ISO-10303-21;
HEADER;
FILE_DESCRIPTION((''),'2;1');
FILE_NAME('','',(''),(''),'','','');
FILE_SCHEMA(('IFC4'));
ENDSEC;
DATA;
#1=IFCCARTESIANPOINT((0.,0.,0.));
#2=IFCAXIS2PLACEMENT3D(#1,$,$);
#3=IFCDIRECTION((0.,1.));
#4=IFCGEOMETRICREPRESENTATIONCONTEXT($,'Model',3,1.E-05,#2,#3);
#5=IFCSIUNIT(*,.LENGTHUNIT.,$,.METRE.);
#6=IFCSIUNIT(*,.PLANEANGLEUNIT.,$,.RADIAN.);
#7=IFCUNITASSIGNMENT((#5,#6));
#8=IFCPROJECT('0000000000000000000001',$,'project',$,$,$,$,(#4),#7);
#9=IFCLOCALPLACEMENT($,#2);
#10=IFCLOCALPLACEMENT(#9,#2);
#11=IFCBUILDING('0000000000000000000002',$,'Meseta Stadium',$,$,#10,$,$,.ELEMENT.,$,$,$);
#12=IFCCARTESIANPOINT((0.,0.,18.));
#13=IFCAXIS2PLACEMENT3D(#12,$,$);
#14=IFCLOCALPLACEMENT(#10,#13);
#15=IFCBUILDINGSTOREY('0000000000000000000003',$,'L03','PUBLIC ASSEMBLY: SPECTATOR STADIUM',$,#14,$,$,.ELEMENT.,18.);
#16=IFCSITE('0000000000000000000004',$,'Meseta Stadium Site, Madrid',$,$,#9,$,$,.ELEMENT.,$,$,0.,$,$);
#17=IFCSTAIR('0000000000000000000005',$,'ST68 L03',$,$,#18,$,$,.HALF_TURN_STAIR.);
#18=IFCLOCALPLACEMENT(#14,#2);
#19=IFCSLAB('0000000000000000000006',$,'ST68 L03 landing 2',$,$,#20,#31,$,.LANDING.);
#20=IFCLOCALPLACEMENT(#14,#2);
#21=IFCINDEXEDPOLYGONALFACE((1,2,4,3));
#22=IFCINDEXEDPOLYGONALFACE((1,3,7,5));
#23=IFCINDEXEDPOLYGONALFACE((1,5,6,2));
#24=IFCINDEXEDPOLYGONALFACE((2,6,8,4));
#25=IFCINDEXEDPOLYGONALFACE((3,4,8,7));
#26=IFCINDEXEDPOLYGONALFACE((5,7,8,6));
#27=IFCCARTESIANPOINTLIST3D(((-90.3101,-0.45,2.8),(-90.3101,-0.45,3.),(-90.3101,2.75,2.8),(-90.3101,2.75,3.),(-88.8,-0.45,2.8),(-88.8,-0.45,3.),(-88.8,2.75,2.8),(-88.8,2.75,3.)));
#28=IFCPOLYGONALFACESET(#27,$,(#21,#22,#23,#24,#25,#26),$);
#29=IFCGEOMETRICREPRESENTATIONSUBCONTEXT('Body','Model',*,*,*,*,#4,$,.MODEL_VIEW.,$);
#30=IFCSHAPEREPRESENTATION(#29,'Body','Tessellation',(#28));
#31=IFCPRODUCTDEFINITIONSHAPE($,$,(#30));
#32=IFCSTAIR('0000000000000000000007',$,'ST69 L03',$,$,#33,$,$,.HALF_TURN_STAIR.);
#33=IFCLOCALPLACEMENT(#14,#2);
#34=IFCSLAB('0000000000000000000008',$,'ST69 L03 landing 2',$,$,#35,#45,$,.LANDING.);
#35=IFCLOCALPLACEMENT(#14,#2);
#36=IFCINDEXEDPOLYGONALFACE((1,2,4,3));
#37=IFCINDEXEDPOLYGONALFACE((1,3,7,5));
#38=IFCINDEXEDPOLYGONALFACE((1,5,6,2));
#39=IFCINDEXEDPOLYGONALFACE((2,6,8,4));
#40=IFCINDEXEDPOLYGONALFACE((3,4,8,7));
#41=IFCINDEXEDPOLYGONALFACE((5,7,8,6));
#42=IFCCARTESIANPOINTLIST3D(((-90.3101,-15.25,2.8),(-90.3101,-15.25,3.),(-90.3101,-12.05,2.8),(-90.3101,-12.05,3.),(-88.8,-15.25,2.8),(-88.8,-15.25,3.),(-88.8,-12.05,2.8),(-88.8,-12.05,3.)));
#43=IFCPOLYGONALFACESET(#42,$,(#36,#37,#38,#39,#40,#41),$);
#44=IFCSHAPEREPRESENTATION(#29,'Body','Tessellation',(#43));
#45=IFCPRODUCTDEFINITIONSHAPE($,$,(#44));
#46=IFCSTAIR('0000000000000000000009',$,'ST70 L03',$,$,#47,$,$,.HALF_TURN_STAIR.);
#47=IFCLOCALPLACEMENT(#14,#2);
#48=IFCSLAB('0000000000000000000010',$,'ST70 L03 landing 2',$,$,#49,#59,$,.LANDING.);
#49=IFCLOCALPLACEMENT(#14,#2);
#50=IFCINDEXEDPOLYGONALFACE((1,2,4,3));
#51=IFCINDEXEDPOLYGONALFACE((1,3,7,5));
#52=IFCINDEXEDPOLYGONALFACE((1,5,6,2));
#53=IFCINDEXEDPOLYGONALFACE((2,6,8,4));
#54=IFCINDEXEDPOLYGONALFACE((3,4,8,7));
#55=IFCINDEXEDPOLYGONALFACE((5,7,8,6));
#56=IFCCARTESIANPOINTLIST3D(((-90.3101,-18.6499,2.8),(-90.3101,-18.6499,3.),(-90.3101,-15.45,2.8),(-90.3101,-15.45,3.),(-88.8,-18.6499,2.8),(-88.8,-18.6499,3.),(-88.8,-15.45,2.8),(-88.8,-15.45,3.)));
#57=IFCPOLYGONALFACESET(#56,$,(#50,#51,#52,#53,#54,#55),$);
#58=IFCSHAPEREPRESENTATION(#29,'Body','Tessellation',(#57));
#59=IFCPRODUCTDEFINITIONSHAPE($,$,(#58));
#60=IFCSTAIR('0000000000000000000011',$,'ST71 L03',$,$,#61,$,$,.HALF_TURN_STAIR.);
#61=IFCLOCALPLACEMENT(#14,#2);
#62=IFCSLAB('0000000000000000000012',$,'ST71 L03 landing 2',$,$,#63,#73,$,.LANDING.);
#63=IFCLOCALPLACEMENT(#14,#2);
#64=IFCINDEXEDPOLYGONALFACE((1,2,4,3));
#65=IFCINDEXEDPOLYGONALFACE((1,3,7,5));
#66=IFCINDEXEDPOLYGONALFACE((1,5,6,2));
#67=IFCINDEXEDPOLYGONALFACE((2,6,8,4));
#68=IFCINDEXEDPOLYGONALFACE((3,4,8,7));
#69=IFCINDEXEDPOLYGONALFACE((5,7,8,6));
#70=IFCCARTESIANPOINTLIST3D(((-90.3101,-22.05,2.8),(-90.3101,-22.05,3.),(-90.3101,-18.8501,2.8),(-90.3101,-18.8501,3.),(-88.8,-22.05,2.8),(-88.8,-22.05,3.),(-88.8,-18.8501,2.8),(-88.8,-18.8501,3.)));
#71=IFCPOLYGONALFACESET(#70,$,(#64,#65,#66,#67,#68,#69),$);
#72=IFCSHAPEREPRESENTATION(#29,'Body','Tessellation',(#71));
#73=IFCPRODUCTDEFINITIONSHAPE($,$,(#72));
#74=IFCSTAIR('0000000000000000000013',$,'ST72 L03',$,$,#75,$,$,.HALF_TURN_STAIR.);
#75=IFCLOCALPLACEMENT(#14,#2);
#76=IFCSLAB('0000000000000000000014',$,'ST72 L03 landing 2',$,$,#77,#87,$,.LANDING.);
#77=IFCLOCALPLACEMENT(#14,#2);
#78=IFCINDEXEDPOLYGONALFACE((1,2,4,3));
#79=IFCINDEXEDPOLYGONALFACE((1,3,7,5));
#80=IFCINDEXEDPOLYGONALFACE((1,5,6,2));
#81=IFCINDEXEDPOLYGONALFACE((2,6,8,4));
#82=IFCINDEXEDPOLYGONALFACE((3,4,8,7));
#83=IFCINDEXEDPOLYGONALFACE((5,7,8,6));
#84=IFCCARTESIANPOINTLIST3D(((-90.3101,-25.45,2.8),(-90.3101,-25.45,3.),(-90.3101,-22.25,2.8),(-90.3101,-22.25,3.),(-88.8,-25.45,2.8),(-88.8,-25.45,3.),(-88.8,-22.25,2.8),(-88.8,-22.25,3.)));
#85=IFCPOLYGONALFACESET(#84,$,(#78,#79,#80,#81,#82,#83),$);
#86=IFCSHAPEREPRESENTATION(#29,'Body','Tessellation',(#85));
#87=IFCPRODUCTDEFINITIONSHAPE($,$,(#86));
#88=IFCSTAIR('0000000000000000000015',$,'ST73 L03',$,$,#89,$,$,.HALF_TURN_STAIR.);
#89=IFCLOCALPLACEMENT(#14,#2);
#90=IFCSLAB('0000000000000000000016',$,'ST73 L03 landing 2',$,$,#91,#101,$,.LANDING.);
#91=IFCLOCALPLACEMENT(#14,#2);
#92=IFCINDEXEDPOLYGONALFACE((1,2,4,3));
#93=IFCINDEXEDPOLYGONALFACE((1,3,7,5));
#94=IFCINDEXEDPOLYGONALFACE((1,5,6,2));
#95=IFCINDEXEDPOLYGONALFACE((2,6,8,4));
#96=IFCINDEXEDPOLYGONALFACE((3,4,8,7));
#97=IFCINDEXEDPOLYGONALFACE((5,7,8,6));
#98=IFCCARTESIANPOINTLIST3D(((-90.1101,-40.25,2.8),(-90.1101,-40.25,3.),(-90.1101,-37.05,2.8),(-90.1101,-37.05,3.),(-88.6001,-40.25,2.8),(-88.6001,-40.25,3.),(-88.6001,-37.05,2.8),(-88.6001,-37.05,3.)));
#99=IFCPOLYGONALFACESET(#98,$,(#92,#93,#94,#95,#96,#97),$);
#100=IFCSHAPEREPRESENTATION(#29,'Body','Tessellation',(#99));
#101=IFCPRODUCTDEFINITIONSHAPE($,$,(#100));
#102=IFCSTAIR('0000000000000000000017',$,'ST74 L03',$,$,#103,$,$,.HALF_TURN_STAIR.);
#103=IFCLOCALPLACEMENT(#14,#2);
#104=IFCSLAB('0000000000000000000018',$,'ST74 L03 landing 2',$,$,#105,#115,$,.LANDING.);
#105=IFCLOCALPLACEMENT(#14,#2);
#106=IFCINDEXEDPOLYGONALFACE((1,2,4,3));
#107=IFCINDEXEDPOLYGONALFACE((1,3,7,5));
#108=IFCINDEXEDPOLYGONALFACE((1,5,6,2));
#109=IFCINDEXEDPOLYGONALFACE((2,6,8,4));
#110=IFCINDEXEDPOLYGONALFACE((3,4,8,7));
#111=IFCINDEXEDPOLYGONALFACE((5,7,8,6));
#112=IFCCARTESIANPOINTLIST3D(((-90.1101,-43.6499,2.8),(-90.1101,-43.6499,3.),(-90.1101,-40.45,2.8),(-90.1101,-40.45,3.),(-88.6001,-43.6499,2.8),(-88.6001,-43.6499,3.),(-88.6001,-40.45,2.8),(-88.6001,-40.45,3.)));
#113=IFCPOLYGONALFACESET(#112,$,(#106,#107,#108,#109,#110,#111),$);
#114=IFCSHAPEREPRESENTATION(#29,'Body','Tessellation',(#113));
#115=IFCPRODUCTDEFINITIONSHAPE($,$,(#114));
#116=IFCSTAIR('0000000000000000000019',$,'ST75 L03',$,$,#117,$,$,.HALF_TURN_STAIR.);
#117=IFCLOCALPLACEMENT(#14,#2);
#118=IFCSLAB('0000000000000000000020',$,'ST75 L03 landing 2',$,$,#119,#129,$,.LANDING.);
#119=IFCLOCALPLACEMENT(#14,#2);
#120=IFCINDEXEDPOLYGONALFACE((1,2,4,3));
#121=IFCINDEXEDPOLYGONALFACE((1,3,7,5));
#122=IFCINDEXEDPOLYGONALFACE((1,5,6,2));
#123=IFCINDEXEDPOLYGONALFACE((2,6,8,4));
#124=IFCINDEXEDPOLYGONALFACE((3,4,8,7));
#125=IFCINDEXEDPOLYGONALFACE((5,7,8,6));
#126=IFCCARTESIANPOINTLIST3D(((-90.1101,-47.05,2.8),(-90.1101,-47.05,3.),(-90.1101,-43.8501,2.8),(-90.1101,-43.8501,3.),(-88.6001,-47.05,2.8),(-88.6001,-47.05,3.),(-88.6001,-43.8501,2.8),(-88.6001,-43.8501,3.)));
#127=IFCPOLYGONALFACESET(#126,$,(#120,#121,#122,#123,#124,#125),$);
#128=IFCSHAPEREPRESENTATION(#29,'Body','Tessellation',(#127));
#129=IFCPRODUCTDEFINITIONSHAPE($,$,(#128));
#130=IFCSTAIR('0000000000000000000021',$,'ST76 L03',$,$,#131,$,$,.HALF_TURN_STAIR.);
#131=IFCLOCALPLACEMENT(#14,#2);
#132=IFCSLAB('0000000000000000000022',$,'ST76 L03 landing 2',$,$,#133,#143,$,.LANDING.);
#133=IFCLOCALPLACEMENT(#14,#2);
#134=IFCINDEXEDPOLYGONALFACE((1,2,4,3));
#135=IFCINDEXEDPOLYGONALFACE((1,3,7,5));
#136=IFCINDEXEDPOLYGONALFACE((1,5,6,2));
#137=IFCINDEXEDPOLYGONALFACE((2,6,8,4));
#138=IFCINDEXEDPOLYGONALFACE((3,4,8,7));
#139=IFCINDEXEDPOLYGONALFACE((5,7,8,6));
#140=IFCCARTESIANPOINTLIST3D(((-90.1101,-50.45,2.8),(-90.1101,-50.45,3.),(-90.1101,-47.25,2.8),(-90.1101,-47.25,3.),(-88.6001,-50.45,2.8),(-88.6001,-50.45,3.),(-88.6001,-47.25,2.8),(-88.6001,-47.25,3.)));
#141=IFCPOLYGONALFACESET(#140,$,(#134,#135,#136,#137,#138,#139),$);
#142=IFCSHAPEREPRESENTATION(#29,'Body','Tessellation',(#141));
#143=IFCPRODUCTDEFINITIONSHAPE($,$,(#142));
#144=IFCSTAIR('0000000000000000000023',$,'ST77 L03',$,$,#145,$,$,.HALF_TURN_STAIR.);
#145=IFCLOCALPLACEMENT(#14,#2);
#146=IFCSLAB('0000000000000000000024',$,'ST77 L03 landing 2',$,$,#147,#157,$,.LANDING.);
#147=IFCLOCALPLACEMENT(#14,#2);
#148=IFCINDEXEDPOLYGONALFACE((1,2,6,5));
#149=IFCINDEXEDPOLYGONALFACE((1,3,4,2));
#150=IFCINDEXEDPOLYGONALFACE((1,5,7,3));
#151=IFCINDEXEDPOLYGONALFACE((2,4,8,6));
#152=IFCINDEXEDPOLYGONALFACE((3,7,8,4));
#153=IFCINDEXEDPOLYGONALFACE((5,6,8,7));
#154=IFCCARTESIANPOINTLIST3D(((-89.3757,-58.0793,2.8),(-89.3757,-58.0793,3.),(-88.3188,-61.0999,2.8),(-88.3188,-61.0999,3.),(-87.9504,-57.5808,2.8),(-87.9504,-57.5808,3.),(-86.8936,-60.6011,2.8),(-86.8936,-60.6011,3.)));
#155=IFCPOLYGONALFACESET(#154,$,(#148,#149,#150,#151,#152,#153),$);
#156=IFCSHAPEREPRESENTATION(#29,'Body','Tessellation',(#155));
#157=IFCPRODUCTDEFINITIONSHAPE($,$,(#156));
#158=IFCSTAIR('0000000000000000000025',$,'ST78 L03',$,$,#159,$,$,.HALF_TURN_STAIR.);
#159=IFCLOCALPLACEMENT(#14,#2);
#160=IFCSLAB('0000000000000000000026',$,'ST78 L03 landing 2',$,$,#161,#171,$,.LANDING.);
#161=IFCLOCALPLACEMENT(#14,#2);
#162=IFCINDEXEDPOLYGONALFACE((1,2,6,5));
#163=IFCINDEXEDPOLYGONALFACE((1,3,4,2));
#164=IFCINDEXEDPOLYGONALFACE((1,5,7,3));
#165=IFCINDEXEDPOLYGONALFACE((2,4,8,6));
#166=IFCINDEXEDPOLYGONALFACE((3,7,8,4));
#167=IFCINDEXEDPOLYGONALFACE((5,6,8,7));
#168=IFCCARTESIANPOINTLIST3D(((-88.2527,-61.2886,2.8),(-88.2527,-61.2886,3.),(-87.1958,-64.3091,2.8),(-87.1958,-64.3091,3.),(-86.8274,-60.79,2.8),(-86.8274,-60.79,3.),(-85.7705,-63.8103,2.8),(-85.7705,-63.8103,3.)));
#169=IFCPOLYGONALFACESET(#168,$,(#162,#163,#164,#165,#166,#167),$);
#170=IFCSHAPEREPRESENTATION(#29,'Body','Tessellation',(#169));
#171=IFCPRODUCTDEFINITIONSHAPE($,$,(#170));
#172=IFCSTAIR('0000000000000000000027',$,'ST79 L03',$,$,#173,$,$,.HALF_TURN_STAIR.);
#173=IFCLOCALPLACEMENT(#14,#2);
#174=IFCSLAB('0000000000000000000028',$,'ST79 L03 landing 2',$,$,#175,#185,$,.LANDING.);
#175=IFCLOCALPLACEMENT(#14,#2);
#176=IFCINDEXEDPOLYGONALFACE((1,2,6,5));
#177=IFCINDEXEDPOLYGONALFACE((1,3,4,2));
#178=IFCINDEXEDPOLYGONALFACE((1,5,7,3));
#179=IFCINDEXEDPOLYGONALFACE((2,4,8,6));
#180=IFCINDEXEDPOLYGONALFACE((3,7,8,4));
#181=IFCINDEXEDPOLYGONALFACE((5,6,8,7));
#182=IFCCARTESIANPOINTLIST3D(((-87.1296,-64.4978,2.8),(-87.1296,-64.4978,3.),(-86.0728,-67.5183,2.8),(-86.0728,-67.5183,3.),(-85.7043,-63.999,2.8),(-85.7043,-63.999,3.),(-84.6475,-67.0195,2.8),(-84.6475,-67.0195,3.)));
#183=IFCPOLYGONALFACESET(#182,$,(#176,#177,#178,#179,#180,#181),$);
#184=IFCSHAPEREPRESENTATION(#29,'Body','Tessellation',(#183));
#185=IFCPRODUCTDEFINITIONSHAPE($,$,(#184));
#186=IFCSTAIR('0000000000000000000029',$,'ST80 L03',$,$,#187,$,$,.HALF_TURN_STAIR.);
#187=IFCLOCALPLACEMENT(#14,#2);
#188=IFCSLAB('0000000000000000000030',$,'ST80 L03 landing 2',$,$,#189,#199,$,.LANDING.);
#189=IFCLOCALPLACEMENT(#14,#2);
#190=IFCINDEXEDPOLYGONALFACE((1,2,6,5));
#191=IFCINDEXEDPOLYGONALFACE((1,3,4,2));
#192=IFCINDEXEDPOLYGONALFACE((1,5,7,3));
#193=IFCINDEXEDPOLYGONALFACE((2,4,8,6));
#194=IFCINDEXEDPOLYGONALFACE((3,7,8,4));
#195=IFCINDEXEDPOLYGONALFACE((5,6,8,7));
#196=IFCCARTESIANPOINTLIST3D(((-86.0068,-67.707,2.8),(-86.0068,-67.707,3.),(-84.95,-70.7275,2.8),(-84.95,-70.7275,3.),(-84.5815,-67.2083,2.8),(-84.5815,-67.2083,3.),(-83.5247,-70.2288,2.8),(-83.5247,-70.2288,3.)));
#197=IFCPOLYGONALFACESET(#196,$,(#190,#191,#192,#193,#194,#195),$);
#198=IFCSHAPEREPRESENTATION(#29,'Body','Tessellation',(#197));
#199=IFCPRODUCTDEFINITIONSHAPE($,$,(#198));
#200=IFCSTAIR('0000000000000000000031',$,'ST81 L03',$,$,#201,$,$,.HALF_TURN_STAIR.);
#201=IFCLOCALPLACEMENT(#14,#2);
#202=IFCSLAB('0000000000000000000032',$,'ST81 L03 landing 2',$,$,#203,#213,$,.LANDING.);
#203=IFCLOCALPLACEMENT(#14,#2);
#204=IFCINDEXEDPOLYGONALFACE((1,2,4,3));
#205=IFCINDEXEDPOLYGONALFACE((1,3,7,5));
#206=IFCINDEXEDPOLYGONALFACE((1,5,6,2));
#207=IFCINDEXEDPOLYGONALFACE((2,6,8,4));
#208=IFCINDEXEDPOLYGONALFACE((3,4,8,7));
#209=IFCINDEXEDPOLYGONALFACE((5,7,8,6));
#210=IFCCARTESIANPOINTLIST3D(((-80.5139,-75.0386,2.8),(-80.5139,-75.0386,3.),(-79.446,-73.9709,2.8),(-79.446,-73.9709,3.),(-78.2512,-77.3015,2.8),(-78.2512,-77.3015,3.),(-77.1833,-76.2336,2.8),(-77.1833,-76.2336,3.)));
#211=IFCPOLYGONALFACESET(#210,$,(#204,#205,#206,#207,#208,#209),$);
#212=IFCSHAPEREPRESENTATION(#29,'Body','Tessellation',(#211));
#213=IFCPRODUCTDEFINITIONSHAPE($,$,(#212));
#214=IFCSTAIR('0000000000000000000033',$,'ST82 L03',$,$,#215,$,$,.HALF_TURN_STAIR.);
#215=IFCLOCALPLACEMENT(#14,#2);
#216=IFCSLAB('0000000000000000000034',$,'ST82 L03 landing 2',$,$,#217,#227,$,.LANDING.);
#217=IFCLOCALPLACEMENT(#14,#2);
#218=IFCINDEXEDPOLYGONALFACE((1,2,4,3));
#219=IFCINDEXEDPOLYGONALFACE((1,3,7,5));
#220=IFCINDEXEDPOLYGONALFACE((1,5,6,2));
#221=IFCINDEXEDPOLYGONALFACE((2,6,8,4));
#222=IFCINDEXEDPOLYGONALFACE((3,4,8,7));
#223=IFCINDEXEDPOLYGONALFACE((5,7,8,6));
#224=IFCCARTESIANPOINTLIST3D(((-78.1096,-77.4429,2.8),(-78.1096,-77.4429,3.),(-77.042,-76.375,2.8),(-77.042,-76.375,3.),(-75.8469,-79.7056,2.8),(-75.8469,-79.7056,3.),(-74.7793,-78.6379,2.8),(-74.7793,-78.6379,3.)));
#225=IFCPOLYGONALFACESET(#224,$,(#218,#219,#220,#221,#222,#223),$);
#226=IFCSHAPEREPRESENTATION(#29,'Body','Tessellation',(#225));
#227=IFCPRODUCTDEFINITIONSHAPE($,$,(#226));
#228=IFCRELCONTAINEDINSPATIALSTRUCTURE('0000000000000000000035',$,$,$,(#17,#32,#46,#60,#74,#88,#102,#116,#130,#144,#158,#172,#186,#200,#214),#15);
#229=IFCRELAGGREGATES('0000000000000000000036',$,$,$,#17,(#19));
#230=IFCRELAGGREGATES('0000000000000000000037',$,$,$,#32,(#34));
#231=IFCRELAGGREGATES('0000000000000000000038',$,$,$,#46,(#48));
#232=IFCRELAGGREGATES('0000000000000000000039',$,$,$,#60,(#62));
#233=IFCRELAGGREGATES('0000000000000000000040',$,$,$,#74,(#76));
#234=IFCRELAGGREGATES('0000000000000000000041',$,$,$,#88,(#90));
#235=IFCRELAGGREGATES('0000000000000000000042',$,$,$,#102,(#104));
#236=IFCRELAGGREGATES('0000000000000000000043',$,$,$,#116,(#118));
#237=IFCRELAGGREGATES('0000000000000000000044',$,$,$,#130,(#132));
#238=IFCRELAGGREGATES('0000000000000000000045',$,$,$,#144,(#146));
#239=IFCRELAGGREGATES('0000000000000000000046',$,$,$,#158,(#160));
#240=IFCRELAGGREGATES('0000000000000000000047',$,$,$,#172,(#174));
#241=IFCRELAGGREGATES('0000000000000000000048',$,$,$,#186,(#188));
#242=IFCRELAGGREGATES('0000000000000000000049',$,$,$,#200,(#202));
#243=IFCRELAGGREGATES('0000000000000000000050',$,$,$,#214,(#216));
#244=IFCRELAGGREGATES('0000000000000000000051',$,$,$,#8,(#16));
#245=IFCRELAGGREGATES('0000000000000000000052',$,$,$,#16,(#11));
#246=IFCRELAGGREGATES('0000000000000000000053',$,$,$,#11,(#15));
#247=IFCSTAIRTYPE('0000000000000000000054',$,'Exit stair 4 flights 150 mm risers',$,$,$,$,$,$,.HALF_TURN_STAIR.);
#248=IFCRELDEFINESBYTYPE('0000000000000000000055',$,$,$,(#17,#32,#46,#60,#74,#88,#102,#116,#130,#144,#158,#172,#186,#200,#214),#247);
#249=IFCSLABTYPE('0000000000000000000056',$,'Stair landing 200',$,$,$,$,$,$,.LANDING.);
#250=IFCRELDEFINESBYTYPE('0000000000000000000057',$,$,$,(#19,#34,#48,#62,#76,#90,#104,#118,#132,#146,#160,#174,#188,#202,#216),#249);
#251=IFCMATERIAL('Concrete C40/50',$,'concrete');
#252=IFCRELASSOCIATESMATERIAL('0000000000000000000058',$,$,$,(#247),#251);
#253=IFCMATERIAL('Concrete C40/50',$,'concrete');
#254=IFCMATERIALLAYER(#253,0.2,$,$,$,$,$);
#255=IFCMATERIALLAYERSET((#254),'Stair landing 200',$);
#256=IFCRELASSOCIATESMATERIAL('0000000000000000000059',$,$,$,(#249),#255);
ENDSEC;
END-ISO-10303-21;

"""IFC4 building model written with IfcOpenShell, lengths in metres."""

from ifc_helpers import new_model, si_unit, direction, frame, origin, place, context, subcontext, project, spatial, polyline, outline, extrude, material, layer, layer_set, type_object, element, aggregate, save


model = new_model("IFC4")

# Units and contexts
model_context = context("Model", 3, precision=1e-05, world=origin(), true_north=direction((0.0, 1.0)))
body_context = subcontext(model_context, "Body", "Model", "MODEL_VIEW")
ifc_project = project(units=[si_unit("LENGTHUNIT", "METRE"), si_unit("PLANEANGLEUNIT", "RADIAN")], contexts=[model_context])

# Site, building, storey
site_placement = place(None, origin())
site = spatial("IfcSite", under=ifc_project, at=site_placement, Name="Meseta Stadium Site, Madrid", CompositionType="ELEMENT", RefElevation=0.0)
building_placement = place(site_placement, origin())
building = spatial("IfcBuilding", under=site, at=building_placement, Name="Meseta Stadium", CompositionType="ELEMENT")
storey_placement = place(building_placement, frame((0.0, 0.0, 18.0)))
storey = spatial("IfcBuildingStorey", under=building, at=storey_placement, Name="L03", Description="PUBLIC ASSEMBLY: SPECTATOR STADIUM", CompositionType="ELEMENT", Elevation=18.0)

# Stairs, slabs
ifc_material_1 = material(Name="Concrete C40/50", Category="concrete")
stair_type = type_object("IfcStairType", Name="Exit stair 4 flights 150 mm risers", PredefinedType="HALF_TURN_STAIR", material=ifc_material_1)
stair_1_placement = place(storey_placement, origin())
stair_1 = element("IfcStair", 1, at=stair_1_placement, inside=storey, type_object=stair_type, Name="ST68 L03", PredefinedType="HALF_TURN_STAIR")
ifc_material_2 = material(Name="Concrete C40/50", Category="concrete")
ifc_layer = layer(ifc_material_2, 0.2)
ifc_layer_set = layer_set([ifc_layer], Name="Stair landing 200")
slab_type = type_object("IfcSlabType", Name="Stair landing 200", PredefinedType="LANDING", material=ifc_layer_set)
slab_1_placement = place(storey_placement, frame((0.0, 0.0, 2.8)))
slab_1 = element("IfcSlab", 2, at=slab_1_placement, type_object=slab_type, Name="ST68 L03 landing 2", PredefinedType="LANDING", context=body_context, shape_type="SweptSolid", body=[
    extrude(outline(polyline([(-88.8, 2.75), (-90.3101, 2.75), (-90.3101, -0.45), (-88.8, -0.45), (-88.8, 2.75)])), origin(), (0.0, 0.0, 1.0), 0.2),
])
aggregate(stair_1, [slab_1])
stair_2_placement = place(storey_placement, origin())
stair_2 = element("IfcStair", 3, at=stair_2_placement, inside=storey, type_object=stair_type, Name="ST69 L03", PredefinedType="HALF_TURN_STAIR")
slab_2_placement = place(storey_placement, frame((0.0, 0.0, 2.8)))
slab_2 = element("IfcSlab", 4, at=slab_2_placement, type_object=slab_type, Name="ST69 L03 landing 2", PredefinedType="LANDING", context=body_context, shape_type="SweptSolid", body=[
    extrude(outline(polyline([(-88.8, -12.05), (-90.3101, -12.05), (-90.3101, -15.25), (-88.8, -15.25), (-88.8, -12.05)])), origin(), (0.0, 0.0, 1.0), 0.2),
])
aggregate(stair_2, [slab_2])
stair_3_placement = place(storey_placement, origin())
stair_3 = element("IfcStair", 5, at=stair_3_placement, inside=storey, type_object=stair_type, Name="ST70 L03", PredefinedType="HALF_TURN_STAIR")
slab_3_placement = place(storey_placement, frame((0.0, 0.0, 2.8)))
slab_3 = element("IfcSlab", 6, at=slab_3_placement, type_object=slab_type, Name="ST70 L03 landing 2", PredefinedType="LANDING", context=body_context, shape_type="SweptSolid", body=[
    extrude(outline(polyline([(-88.8, -15.45), (-90.3101, -15.45), (-90.3101, -18.6499), (-88.8, -18.6499), (-88.8, -15.45)])), origin(), (0.0, 0.0, 1.0), 0.2),
])
aggregate(stair_3, [slab_3])
stair_4_placement = place(storey_placement, origin())
stair_4 = element("IfcStair", 7, at=stair_4_placement, inside=storey, type_object=stair_type, Name="ST71 L03", PredefinedType="HALF_TURN_STAIR")
slab_4_placement = place(storey_placement, frame((0.0, 0.0, 2.8)))
slab_4 = element("IfcSlab", 8, at=slab_4_placement, type_object=slab_type, Name="ST71 L03 landing 2", PredefinedType="LANDING", context=body_context, shape_type="SweptSolid", body=[
    extrude(outline(polyline([(-88.8, -18.8501), (-90.3101, -18.8501), (-90.3101, -22.05), (-88.8, -22.05), (-88.8, -18.8501)])), origin(), (0.0, 0.0, 1.0), 0.2),
])
aggregate(stair_4, [slab_4])
stair_5_placement = place(storey_placement, origin())
stair_5 = element("IfcStair", 9, at=stair_5_placement, inside=storey, type_object=stair_type, Name="ST72 L03", PredefinedType="HALF_TURN_STAIR")
slab_5_placement = place(storey_placement, frame((0.0, 0.0, 2.8)))
slab_5 = element("IfcSlab", 10, at=slab_5_placement, type_object=slab_type, Name="ST72 L03 landing 2", PredefinedType="LANDING", context=body_context, shape_type="SweptSolid", body=[
    extrude(outline(polyline([(-88.8, -22.25), (-90.3101, -22.25), (-90.3101, -25.45), (-88.8, -25.45), (-88.8, -22.25)])), origin(), (0.0, 0.0, 1.0), 0.2),
])
aggregate(stair_5, [slab_5])
stair_6_placement = place(storey_placement, origin())
stair_6 = element("IfcStair", 11, at=stair_6_placement, inside=storey, type_object=stair_type, Name="ST73 L03", PredefinedType="HALF_TURN_STAIR")
slab_6_placement = place(storey_placement, frame((0.0, 0.0, 2.8)))
slab_6 = element("IfcSlab", 12, at=slab_6_placement, type_object=slab_type, Name="ST73 L03 landing 2", PredefinedType="LANDING", context=body_context, shape_type="SweptSolid", body=[
    extrude(outline(polyline([(-88.6001, -37.05), (-90.1101, -37.05), (-90.1101, -40.25), (-88.6001, -40.25), (-88.6001, -37.05)])), origin(), (0.0, 0.0, 1.0), 0.2),
])
aggregate(stair_6, [slab_6])
stair_7_placement = place(storey_placement, origin())
stair_7 = element("IfcStair", 13, at=stair_7_placement, inside=storey, type_object=stair_type, Name="ST74 L03", PredefinedType="HALF_TURN_STAIR")
slab_7_placement = place(storey_placement, frame((0.0, 0.0, 2.8)))
slab_7 = element("IfcSlab", 14, at=slab_7_placement, type_object=slab_type, Name="ST74 L03 landing 2", PredefinedType="LANDING", context=body_context, shape_type="SweptSolid", body=[
    extrude(outline(polyline([(-88.6001, -40.45), (-90.1101, -40.45), (-90.1101, -43.6499), (-88.6001, -43.6499), (-88.6001, -40.45)])), origin(), (0.0, 0.0, 1.0), 0.2),
])
aggregate(stair_7, [slab_7])
stair_8_placement = place(storey_placement, origin())
stair_8 = element("IfcStair", 15, at=stair_8_placement, inside=storey, type_object=stair_type, Name="ST75 L03", PredefinedType="HALF_TURN_STAIR")
slab_8_placement = place(storey_placement, frame((0.0, 0.0, 2.8)))
slab_8 = element("IfcSlab", 16, at=slab_8_placement, type_object=slab_type, Name="ST75 L03 landing 2", PredefinedType="LANDING", context=body_context, shape_type="SweptSolid", body=[
    extrude(outline(polyline([(-88.6001, -43.8501), (-90.1101, -43.8501), (-90.1101, -47.05), (-88.6001, -47.05), (-88.6001, -43.8501)])), origin(), (0.0, 0.0, 1.0), 0.2),
])
aggregate(stair_8, [slab_8])
stair_9_placement = place(storey_placement, origin())
stair_9 = element("IfcStair", 17, at=stair_9_placement, inside=storey, type_object=stair_type, Name="ST76 L03", PredefinedType="HALF_TURN_STAIR")
slab_9_placement = place(storey_placement, frame((0.0, 0.0, 2.8)))
slab_9 = element("IfcSlab", 18, at=slab_9_placement, type_object=slab_type, Name="ST76 L03 landing 2", PredefinedType="LANDING", context=body_context, shape_type="SweptSolid", body=[
    extrude(outline(polyline([(-88.6001, -47.25), (-90.1101, -47.25), (-90.1101, -50.45), (-88.6001, -50.45), (-88.6001, -47.25)])), origin(), (0.0, 0.0, 1.0), 0.2),
])
aggregate(stair_9, [slab_9])
stair_10_placement = place(storey_placement, origin())
stair_10 = element("IfcStair", 19, at=stair_10_placement, inside=storey, type_object=stair_type, Name="ST77 L03", PredefinedType="HALF_TURN_STAIR")
slab_10_placement = place(storey_placement, frame((0.0, 0.0, 2.8)))
slab_10 = element("IfcSlab", 20, at=slab_10_placement, type_object=slab_type, Name="ST77 L03 landing 2", PredefinedType="LANDING", context=body_context, shape_type="SweptSolid", body=[
    extrude(outline(polyline([(-87.9504, -57.5808), (-89.3757, -58.0793), (-88.3188, -61.0999), (-86.8936, -60.6011), (-87.9504, -57.5808)])), origin(), (0.0, 0.0, 1.0), 0.2),
])
aggregate(stair_10, [slab_10])
stair_11_placement = place(storey_placement, origin())
stair_11 = element("IfcStair", 21, at=stair_11_placement, inside=storey, type_object=stair_type, Name="ST78 L03", PredefinedType="HALF_TURN_STAIR")
slab_11_placement = place(storey_placement, frame((0.0, 0.0, 2.8)))
slab_11 = element("IfcSlab", 22, at=slab_11_placement, type_object=slab_type, Name="ST78 L03 landing 2", PredefinedType="LANDING", context=body_context, shape_type="SweptSolid", body=[
    extrude(outline(polyline([(-86.8274, -60.79), (-88.2527, -61.2886), (-87.1958, -64.3091), (-85.7705, -63.8103), (-86.8274, -60.79)])), origin(), (0.0, 0.0, 1.0), 0.2),
])
aggregate(stair_11, [slab_11])
stair_12_placement = place(storey_placement, origin())
stair_12 = element("IfcStair", 23, at=stair_12_placement, inside=storey, type_object=stair_type, Name="ST79 L03", PredefinedType="HALF_TURN_STAIR")
slab_12_placement = place(storey_placement, frame((0.0, 0.0, 2.8)))
slab_12 = element("IfcSlab", 24, at=slab_12_placement, type_object=slab_type, Name="ST79 L03 landing 2", PredefinedType="LANDING", context=body_context, shape_type="SweptSolid", body=[
    extrude(outline(polyline([(-85.7043, -63.999), (-87.1296, -64.4978), (-86.0728, -67.5183), (-84.6475, -67.0195), (-85.7043, -63.999)])), origin(), (0.0, 0.0, 1.0), 0.2),
])
aggregate(stair_12, [slab_12])
stair_13_placement = place(storey_placement, origin())
stair_13 = element("IfcStair", 25, at=stair_13_placement, inside=storey, type_object=stair_type, Name="ST80 L03", PredefinedType="HALF_TURN_STAIR")
slab_13_placement = place(storey_placement, frame((0.0, 0.0, 2.8)))
slab_13 = element("IfcSlab", 26, at=slab_13_placement, type_object=slab_type, Name="ST80 L03 landing 2", PredefinedType="LANDING", context=body_context, shape_type="SweptSolid", body=[
    extrude(outline(polyline([(-84.5815, -67.2083), (-86.0068, -67.707), (-84.95, -70.7275), (-83.5247, -70.2288), (-84.5815, -67.2083)])), origin(), (0.0, 0.0, 1.0), 0.2),
])
aggregate(stair_13, [slab_13])
stair_14_placement = place(storey_placement, origin())
stair_14 = element("IfcStair", 27, at=stair_14_placement, inside=storey, type_object=stair_type, Name="ST81 L03", PredefinedType="HALF_TURN_STAIR")
slab_14_placement = place(storey_placement, frame((0.0, 0.0, 2.8)))
slab_14 = element("IfcSlab", 28, at=slab_14_placement, type_object=slab_type, Name="ST81 L03 landing 2", PredefinedType="LANDING", context=body_context, shape_type="SweptSolid", body=[
    extrude(outline(polyline([(-79.446, -73.9709), (-80.5139, -75.0386), (-78.2512, -77.3015), (-77.1833, -76.2336), (-79.446, -73.9709)])), origin(), (0.0, 0.0, 1.0), 0.2),
])
aggregate(stair_14, [slab_14])
stair_15_placement = place(storey_placement, origin())
stair_15 = element("IfcStair", 29, at=stair_15_placement, inside=storey, type_object=stair_type, Name="ST82 L03", PredefinedType="HALF_TURN_STAIR")
slab_15_placement = place(storey_placement, frame((0.0, 0.0, 2.8)))
slab_15 = element("IfcSlab", 30, at=slab_15_placement, type_object=slab_type, Name="ST82 L03 landing 2", PredefinedType="LANDING", context=body_context, shape_type="SweptSolid", body=[
    extrude(outline(polyline([(-77.042, -76.375), (-78.1096, -77.4429), (-75.8469, -79.7056), (-74.7793, -78.6379), (-77.042, -76.375)])), origin(), (0.0, 0.0, 1.0), 0.2),
])
aggregate(stair_15, [slab_15])

save(model, "model.ifc")
